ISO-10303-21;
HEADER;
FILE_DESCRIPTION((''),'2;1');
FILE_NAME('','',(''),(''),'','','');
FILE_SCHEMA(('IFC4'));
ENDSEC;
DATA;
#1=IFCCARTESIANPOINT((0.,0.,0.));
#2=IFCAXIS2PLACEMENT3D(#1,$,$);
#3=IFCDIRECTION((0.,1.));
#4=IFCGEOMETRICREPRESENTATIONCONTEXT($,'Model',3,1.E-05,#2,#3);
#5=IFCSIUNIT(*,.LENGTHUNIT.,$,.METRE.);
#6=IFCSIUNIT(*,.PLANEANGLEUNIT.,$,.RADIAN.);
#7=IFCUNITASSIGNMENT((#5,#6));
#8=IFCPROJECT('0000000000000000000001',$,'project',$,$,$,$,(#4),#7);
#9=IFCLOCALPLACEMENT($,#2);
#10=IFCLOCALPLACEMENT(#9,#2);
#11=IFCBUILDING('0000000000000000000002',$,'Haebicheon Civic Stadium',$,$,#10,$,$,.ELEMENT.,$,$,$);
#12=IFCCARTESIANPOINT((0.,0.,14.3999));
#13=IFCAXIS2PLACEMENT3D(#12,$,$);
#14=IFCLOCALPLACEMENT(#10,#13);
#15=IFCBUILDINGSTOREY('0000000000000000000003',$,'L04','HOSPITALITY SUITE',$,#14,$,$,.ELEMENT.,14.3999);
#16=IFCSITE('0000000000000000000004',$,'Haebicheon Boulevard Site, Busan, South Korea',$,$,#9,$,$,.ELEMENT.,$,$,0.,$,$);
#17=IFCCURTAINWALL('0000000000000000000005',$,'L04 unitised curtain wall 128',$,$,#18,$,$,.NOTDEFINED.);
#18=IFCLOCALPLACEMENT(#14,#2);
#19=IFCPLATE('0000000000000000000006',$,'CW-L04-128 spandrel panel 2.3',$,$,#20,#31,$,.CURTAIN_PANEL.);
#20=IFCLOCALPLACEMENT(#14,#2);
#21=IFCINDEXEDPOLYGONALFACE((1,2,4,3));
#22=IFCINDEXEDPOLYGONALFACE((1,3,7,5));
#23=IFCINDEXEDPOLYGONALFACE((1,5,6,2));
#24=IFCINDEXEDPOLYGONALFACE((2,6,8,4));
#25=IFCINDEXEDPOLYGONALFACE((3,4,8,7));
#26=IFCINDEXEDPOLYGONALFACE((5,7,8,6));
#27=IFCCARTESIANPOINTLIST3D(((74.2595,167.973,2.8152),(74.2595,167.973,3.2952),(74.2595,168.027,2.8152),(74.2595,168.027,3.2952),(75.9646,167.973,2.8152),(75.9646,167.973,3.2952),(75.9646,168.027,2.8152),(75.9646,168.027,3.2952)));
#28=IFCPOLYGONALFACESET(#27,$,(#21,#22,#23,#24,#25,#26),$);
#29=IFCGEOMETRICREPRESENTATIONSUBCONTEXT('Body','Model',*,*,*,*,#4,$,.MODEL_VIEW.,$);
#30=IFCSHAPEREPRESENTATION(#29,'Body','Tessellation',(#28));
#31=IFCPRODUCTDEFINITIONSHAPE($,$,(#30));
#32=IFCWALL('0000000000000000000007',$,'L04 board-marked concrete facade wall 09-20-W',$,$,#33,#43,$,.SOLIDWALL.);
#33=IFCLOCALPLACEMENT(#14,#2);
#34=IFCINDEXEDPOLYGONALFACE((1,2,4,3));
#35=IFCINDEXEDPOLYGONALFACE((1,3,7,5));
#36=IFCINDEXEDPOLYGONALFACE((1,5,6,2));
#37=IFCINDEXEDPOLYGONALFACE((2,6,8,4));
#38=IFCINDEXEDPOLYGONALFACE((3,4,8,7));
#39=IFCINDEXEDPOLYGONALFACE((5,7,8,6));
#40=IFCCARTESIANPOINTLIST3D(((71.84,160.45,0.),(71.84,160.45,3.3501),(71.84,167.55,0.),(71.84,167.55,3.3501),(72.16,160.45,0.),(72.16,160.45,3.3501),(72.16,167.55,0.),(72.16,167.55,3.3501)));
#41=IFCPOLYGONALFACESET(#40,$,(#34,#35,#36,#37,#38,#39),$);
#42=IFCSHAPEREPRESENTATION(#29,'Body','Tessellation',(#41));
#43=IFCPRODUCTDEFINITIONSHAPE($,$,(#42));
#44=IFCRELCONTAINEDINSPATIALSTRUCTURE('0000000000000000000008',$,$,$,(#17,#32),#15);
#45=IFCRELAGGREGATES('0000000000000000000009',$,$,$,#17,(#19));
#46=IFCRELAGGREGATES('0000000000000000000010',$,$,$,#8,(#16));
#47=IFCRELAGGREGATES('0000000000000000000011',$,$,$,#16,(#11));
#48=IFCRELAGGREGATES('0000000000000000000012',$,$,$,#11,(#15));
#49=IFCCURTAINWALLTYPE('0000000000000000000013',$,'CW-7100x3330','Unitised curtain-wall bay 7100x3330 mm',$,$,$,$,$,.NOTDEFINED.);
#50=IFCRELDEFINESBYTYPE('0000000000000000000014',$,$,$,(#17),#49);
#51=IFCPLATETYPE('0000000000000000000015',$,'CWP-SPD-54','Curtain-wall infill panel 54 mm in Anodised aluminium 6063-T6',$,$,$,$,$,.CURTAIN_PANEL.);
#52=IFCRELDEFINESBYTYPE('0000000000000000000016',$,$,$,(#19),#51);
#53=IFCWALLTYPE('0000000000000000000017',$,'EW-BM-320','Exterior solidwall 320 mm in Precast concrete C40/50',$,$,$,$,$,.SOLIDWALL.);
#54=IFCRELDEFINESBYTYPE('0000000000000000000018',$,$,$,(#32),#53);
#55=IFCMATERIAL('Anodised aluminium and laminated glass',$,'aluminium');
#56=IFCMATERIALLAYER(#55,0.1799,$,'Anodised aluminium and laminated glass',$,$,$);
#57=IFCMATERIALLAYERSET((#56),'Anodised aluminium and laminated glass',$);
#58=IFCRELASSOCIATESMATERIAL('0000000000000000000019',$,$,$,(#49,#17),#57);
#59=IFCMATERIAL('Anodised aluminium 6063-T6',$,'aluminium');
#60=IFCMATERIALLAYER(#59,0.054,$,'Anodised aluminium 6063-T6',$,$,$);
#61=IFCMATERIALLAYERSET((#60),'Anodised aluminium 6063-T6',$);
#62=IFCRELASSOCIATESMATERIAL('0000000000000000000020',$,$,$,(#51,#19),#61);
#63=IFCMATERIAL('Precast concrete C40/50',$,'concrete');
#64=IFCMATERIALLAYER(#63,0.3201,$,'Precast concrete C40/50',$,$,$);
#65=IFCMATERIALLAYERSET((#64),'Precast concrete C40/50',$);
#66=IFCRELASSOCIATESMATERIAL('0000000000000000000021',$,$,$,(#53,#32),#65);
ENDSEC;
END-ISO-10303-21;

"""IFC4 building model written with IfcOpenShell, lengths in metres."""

from ifc_helpers import new_model, si_unit, direction, frame, frame_2d, origin, origin_2d, place, context, subcontext, project, spatial, rectangle, extrude, material, layer, layer_set, type_object, element, aggregate, save


model = new_model("IFC4")

# Units and contexts
model_context = context("Model", 3, precision=1e-05, world=origin(), true_north=direction((0.0, 1.0)))
body_context = subcontext(model_context, "Body", "Model", "MODEL_VIEW")
ifc_project = project(units=[si_unit("LENGTHUNIT", "METRE"), si_unit("PLANEANGLEUNIT", "RADIAN")], contexts=[model_context])

# Site, building, storey
site_placement = place(None, origin())
site = spatial("IfcSite", under=ifc_project, at=site_placement, Name="Haebicheon Boulevard Site, Busan, South Korea", CompositionType="ELEMENT", RefElevation=0.0)
building_placement = place(site_placement, origin())
building = spatial("IfcBuilding", under=site, at=building_placement, Name="Haebicheon Civic Stadium", CompositionType="ELEMENT")
storey_placement = place(building_placement, frame((0.0, 0.0, 14.3999)))
storey = spatial("IfcBuildingStorey", under=building, at=storey_placement, Name="L04", Description="HOSPITALITY SUITE", CompositionType="ELEMENT", Elevation=14.3999)

# Curtain wall
ifc_material_1 = material(Name="Anodised aluminium and laminated glass", Category="aluminium")
ifc_layer_1 = layer(ifc_material_1, 0.1799, Name="Anodised aluminium and laminated glass")
ifc_layer_set_1 = layer_set([ifc_layer_1], Name="Anodised aluminium and laminated glass")
curtain_wall_type_1 = type_object("IfcCurtainWallType", Name="CW-7100x3330", Description="Unitised curtain-wall bay 7100x3330 mm", PredefinedType="NOTDEFINED", material=ifc_layer_set_1)
curtain_wall_1_placement = place(storey_placement, origin())
curtain_wall_1 = element("IfcCurtainWall", 1, at=curtain_wall_1_placement, inside=storey, type_object=curtain_wall_type_1, material=ifc_layer_set_1, Name="L04 unitised curtain wall 128", PredefinedType="NOTDEFINED")

# Plate
ifc_material_2 = material(Name="Anodised aluminium 6063-T6", Category="aluminium")
ifc_layer_2 = layer(ifc_material_2, 0.054, Name="Anodised aluminium 6063-T6")
ifc_layer_set_2 = layer_set([ifc_layer_2], Name="Anodised aluminium 6063-T6")
plate_type_1 = type_object("IfcPlateType", Name="CWP-SPD-54", Description="Curtain-wall infill panel 54 mm in Anodised aluminium 6063-T6", PredefinedType="CURTAIN_PANEL", material=ifc_layer_set_2)
plate_1_placement = place(storey_placement, frame((75.1121, 168.0, 2.8152), z_axis=(0.0, 0.0, 1.0), x_axis=(1.0, 0.0, 0.0)))
plate_1 = element("IfcPlate", 2, at=plate_1_placement, type_object=plate_type_1, material=ifc_layer_set_2, Name="CW-L04-128 spandrel panel 2.3", PredefinedType="CURTAIN_PANEL", context=body_context, shape_type="SweptSolid", body=[
    extrude(rectangle(XDim=1.7051, YDim=0.054, at=origin_2d()), origin(), (0.0, 0.0, 1.0), 0.48),
])
aggregate(curtain_wall_1, [plate_1])

# Wall
ifc_material_3 = material(Name="Precast concrete C40/50", Category="concrete")
ifc_layer_3 = layer(ifc_material_3, 0.3201, Name="Precast concrete C40/50")
ifc_layer_set_3 = layer_set([ifc_layer_3], Name="Precast concrete C40/50")
wall_type = type_object("IfcWallType", Name="EW-BM-320", Description="Exterior solidwall 320 mm in Precast concrete C40/50", PredefinedType="SOLIDWALL", material=ifc_layer_set_3)
wall_placement = place(storey_placement, frame((72.0, 160.45, 0.0), z_axis=(0.0, 0.0, 1.0), x_axis=(0.0, 1.0, 0.0)))
element("IfcWall", 3, at=wall_placement, inside=storey, type_object=wall_type, material=ifc_layer_set_3, Name="L04 board-marked concrete facade wall 09-20-W", PredefinedType="SOLIDWALL", context=body_context, shape_type="SweptSolid", body=[
    extrude(rectangle(XDim=7.1001, YDim=0.3201, at=frame_2d((3.55, 0.0))), origin(), (0.0, 0.0, 1.0), 3.3501),
])

save(model, "model.ifc")
